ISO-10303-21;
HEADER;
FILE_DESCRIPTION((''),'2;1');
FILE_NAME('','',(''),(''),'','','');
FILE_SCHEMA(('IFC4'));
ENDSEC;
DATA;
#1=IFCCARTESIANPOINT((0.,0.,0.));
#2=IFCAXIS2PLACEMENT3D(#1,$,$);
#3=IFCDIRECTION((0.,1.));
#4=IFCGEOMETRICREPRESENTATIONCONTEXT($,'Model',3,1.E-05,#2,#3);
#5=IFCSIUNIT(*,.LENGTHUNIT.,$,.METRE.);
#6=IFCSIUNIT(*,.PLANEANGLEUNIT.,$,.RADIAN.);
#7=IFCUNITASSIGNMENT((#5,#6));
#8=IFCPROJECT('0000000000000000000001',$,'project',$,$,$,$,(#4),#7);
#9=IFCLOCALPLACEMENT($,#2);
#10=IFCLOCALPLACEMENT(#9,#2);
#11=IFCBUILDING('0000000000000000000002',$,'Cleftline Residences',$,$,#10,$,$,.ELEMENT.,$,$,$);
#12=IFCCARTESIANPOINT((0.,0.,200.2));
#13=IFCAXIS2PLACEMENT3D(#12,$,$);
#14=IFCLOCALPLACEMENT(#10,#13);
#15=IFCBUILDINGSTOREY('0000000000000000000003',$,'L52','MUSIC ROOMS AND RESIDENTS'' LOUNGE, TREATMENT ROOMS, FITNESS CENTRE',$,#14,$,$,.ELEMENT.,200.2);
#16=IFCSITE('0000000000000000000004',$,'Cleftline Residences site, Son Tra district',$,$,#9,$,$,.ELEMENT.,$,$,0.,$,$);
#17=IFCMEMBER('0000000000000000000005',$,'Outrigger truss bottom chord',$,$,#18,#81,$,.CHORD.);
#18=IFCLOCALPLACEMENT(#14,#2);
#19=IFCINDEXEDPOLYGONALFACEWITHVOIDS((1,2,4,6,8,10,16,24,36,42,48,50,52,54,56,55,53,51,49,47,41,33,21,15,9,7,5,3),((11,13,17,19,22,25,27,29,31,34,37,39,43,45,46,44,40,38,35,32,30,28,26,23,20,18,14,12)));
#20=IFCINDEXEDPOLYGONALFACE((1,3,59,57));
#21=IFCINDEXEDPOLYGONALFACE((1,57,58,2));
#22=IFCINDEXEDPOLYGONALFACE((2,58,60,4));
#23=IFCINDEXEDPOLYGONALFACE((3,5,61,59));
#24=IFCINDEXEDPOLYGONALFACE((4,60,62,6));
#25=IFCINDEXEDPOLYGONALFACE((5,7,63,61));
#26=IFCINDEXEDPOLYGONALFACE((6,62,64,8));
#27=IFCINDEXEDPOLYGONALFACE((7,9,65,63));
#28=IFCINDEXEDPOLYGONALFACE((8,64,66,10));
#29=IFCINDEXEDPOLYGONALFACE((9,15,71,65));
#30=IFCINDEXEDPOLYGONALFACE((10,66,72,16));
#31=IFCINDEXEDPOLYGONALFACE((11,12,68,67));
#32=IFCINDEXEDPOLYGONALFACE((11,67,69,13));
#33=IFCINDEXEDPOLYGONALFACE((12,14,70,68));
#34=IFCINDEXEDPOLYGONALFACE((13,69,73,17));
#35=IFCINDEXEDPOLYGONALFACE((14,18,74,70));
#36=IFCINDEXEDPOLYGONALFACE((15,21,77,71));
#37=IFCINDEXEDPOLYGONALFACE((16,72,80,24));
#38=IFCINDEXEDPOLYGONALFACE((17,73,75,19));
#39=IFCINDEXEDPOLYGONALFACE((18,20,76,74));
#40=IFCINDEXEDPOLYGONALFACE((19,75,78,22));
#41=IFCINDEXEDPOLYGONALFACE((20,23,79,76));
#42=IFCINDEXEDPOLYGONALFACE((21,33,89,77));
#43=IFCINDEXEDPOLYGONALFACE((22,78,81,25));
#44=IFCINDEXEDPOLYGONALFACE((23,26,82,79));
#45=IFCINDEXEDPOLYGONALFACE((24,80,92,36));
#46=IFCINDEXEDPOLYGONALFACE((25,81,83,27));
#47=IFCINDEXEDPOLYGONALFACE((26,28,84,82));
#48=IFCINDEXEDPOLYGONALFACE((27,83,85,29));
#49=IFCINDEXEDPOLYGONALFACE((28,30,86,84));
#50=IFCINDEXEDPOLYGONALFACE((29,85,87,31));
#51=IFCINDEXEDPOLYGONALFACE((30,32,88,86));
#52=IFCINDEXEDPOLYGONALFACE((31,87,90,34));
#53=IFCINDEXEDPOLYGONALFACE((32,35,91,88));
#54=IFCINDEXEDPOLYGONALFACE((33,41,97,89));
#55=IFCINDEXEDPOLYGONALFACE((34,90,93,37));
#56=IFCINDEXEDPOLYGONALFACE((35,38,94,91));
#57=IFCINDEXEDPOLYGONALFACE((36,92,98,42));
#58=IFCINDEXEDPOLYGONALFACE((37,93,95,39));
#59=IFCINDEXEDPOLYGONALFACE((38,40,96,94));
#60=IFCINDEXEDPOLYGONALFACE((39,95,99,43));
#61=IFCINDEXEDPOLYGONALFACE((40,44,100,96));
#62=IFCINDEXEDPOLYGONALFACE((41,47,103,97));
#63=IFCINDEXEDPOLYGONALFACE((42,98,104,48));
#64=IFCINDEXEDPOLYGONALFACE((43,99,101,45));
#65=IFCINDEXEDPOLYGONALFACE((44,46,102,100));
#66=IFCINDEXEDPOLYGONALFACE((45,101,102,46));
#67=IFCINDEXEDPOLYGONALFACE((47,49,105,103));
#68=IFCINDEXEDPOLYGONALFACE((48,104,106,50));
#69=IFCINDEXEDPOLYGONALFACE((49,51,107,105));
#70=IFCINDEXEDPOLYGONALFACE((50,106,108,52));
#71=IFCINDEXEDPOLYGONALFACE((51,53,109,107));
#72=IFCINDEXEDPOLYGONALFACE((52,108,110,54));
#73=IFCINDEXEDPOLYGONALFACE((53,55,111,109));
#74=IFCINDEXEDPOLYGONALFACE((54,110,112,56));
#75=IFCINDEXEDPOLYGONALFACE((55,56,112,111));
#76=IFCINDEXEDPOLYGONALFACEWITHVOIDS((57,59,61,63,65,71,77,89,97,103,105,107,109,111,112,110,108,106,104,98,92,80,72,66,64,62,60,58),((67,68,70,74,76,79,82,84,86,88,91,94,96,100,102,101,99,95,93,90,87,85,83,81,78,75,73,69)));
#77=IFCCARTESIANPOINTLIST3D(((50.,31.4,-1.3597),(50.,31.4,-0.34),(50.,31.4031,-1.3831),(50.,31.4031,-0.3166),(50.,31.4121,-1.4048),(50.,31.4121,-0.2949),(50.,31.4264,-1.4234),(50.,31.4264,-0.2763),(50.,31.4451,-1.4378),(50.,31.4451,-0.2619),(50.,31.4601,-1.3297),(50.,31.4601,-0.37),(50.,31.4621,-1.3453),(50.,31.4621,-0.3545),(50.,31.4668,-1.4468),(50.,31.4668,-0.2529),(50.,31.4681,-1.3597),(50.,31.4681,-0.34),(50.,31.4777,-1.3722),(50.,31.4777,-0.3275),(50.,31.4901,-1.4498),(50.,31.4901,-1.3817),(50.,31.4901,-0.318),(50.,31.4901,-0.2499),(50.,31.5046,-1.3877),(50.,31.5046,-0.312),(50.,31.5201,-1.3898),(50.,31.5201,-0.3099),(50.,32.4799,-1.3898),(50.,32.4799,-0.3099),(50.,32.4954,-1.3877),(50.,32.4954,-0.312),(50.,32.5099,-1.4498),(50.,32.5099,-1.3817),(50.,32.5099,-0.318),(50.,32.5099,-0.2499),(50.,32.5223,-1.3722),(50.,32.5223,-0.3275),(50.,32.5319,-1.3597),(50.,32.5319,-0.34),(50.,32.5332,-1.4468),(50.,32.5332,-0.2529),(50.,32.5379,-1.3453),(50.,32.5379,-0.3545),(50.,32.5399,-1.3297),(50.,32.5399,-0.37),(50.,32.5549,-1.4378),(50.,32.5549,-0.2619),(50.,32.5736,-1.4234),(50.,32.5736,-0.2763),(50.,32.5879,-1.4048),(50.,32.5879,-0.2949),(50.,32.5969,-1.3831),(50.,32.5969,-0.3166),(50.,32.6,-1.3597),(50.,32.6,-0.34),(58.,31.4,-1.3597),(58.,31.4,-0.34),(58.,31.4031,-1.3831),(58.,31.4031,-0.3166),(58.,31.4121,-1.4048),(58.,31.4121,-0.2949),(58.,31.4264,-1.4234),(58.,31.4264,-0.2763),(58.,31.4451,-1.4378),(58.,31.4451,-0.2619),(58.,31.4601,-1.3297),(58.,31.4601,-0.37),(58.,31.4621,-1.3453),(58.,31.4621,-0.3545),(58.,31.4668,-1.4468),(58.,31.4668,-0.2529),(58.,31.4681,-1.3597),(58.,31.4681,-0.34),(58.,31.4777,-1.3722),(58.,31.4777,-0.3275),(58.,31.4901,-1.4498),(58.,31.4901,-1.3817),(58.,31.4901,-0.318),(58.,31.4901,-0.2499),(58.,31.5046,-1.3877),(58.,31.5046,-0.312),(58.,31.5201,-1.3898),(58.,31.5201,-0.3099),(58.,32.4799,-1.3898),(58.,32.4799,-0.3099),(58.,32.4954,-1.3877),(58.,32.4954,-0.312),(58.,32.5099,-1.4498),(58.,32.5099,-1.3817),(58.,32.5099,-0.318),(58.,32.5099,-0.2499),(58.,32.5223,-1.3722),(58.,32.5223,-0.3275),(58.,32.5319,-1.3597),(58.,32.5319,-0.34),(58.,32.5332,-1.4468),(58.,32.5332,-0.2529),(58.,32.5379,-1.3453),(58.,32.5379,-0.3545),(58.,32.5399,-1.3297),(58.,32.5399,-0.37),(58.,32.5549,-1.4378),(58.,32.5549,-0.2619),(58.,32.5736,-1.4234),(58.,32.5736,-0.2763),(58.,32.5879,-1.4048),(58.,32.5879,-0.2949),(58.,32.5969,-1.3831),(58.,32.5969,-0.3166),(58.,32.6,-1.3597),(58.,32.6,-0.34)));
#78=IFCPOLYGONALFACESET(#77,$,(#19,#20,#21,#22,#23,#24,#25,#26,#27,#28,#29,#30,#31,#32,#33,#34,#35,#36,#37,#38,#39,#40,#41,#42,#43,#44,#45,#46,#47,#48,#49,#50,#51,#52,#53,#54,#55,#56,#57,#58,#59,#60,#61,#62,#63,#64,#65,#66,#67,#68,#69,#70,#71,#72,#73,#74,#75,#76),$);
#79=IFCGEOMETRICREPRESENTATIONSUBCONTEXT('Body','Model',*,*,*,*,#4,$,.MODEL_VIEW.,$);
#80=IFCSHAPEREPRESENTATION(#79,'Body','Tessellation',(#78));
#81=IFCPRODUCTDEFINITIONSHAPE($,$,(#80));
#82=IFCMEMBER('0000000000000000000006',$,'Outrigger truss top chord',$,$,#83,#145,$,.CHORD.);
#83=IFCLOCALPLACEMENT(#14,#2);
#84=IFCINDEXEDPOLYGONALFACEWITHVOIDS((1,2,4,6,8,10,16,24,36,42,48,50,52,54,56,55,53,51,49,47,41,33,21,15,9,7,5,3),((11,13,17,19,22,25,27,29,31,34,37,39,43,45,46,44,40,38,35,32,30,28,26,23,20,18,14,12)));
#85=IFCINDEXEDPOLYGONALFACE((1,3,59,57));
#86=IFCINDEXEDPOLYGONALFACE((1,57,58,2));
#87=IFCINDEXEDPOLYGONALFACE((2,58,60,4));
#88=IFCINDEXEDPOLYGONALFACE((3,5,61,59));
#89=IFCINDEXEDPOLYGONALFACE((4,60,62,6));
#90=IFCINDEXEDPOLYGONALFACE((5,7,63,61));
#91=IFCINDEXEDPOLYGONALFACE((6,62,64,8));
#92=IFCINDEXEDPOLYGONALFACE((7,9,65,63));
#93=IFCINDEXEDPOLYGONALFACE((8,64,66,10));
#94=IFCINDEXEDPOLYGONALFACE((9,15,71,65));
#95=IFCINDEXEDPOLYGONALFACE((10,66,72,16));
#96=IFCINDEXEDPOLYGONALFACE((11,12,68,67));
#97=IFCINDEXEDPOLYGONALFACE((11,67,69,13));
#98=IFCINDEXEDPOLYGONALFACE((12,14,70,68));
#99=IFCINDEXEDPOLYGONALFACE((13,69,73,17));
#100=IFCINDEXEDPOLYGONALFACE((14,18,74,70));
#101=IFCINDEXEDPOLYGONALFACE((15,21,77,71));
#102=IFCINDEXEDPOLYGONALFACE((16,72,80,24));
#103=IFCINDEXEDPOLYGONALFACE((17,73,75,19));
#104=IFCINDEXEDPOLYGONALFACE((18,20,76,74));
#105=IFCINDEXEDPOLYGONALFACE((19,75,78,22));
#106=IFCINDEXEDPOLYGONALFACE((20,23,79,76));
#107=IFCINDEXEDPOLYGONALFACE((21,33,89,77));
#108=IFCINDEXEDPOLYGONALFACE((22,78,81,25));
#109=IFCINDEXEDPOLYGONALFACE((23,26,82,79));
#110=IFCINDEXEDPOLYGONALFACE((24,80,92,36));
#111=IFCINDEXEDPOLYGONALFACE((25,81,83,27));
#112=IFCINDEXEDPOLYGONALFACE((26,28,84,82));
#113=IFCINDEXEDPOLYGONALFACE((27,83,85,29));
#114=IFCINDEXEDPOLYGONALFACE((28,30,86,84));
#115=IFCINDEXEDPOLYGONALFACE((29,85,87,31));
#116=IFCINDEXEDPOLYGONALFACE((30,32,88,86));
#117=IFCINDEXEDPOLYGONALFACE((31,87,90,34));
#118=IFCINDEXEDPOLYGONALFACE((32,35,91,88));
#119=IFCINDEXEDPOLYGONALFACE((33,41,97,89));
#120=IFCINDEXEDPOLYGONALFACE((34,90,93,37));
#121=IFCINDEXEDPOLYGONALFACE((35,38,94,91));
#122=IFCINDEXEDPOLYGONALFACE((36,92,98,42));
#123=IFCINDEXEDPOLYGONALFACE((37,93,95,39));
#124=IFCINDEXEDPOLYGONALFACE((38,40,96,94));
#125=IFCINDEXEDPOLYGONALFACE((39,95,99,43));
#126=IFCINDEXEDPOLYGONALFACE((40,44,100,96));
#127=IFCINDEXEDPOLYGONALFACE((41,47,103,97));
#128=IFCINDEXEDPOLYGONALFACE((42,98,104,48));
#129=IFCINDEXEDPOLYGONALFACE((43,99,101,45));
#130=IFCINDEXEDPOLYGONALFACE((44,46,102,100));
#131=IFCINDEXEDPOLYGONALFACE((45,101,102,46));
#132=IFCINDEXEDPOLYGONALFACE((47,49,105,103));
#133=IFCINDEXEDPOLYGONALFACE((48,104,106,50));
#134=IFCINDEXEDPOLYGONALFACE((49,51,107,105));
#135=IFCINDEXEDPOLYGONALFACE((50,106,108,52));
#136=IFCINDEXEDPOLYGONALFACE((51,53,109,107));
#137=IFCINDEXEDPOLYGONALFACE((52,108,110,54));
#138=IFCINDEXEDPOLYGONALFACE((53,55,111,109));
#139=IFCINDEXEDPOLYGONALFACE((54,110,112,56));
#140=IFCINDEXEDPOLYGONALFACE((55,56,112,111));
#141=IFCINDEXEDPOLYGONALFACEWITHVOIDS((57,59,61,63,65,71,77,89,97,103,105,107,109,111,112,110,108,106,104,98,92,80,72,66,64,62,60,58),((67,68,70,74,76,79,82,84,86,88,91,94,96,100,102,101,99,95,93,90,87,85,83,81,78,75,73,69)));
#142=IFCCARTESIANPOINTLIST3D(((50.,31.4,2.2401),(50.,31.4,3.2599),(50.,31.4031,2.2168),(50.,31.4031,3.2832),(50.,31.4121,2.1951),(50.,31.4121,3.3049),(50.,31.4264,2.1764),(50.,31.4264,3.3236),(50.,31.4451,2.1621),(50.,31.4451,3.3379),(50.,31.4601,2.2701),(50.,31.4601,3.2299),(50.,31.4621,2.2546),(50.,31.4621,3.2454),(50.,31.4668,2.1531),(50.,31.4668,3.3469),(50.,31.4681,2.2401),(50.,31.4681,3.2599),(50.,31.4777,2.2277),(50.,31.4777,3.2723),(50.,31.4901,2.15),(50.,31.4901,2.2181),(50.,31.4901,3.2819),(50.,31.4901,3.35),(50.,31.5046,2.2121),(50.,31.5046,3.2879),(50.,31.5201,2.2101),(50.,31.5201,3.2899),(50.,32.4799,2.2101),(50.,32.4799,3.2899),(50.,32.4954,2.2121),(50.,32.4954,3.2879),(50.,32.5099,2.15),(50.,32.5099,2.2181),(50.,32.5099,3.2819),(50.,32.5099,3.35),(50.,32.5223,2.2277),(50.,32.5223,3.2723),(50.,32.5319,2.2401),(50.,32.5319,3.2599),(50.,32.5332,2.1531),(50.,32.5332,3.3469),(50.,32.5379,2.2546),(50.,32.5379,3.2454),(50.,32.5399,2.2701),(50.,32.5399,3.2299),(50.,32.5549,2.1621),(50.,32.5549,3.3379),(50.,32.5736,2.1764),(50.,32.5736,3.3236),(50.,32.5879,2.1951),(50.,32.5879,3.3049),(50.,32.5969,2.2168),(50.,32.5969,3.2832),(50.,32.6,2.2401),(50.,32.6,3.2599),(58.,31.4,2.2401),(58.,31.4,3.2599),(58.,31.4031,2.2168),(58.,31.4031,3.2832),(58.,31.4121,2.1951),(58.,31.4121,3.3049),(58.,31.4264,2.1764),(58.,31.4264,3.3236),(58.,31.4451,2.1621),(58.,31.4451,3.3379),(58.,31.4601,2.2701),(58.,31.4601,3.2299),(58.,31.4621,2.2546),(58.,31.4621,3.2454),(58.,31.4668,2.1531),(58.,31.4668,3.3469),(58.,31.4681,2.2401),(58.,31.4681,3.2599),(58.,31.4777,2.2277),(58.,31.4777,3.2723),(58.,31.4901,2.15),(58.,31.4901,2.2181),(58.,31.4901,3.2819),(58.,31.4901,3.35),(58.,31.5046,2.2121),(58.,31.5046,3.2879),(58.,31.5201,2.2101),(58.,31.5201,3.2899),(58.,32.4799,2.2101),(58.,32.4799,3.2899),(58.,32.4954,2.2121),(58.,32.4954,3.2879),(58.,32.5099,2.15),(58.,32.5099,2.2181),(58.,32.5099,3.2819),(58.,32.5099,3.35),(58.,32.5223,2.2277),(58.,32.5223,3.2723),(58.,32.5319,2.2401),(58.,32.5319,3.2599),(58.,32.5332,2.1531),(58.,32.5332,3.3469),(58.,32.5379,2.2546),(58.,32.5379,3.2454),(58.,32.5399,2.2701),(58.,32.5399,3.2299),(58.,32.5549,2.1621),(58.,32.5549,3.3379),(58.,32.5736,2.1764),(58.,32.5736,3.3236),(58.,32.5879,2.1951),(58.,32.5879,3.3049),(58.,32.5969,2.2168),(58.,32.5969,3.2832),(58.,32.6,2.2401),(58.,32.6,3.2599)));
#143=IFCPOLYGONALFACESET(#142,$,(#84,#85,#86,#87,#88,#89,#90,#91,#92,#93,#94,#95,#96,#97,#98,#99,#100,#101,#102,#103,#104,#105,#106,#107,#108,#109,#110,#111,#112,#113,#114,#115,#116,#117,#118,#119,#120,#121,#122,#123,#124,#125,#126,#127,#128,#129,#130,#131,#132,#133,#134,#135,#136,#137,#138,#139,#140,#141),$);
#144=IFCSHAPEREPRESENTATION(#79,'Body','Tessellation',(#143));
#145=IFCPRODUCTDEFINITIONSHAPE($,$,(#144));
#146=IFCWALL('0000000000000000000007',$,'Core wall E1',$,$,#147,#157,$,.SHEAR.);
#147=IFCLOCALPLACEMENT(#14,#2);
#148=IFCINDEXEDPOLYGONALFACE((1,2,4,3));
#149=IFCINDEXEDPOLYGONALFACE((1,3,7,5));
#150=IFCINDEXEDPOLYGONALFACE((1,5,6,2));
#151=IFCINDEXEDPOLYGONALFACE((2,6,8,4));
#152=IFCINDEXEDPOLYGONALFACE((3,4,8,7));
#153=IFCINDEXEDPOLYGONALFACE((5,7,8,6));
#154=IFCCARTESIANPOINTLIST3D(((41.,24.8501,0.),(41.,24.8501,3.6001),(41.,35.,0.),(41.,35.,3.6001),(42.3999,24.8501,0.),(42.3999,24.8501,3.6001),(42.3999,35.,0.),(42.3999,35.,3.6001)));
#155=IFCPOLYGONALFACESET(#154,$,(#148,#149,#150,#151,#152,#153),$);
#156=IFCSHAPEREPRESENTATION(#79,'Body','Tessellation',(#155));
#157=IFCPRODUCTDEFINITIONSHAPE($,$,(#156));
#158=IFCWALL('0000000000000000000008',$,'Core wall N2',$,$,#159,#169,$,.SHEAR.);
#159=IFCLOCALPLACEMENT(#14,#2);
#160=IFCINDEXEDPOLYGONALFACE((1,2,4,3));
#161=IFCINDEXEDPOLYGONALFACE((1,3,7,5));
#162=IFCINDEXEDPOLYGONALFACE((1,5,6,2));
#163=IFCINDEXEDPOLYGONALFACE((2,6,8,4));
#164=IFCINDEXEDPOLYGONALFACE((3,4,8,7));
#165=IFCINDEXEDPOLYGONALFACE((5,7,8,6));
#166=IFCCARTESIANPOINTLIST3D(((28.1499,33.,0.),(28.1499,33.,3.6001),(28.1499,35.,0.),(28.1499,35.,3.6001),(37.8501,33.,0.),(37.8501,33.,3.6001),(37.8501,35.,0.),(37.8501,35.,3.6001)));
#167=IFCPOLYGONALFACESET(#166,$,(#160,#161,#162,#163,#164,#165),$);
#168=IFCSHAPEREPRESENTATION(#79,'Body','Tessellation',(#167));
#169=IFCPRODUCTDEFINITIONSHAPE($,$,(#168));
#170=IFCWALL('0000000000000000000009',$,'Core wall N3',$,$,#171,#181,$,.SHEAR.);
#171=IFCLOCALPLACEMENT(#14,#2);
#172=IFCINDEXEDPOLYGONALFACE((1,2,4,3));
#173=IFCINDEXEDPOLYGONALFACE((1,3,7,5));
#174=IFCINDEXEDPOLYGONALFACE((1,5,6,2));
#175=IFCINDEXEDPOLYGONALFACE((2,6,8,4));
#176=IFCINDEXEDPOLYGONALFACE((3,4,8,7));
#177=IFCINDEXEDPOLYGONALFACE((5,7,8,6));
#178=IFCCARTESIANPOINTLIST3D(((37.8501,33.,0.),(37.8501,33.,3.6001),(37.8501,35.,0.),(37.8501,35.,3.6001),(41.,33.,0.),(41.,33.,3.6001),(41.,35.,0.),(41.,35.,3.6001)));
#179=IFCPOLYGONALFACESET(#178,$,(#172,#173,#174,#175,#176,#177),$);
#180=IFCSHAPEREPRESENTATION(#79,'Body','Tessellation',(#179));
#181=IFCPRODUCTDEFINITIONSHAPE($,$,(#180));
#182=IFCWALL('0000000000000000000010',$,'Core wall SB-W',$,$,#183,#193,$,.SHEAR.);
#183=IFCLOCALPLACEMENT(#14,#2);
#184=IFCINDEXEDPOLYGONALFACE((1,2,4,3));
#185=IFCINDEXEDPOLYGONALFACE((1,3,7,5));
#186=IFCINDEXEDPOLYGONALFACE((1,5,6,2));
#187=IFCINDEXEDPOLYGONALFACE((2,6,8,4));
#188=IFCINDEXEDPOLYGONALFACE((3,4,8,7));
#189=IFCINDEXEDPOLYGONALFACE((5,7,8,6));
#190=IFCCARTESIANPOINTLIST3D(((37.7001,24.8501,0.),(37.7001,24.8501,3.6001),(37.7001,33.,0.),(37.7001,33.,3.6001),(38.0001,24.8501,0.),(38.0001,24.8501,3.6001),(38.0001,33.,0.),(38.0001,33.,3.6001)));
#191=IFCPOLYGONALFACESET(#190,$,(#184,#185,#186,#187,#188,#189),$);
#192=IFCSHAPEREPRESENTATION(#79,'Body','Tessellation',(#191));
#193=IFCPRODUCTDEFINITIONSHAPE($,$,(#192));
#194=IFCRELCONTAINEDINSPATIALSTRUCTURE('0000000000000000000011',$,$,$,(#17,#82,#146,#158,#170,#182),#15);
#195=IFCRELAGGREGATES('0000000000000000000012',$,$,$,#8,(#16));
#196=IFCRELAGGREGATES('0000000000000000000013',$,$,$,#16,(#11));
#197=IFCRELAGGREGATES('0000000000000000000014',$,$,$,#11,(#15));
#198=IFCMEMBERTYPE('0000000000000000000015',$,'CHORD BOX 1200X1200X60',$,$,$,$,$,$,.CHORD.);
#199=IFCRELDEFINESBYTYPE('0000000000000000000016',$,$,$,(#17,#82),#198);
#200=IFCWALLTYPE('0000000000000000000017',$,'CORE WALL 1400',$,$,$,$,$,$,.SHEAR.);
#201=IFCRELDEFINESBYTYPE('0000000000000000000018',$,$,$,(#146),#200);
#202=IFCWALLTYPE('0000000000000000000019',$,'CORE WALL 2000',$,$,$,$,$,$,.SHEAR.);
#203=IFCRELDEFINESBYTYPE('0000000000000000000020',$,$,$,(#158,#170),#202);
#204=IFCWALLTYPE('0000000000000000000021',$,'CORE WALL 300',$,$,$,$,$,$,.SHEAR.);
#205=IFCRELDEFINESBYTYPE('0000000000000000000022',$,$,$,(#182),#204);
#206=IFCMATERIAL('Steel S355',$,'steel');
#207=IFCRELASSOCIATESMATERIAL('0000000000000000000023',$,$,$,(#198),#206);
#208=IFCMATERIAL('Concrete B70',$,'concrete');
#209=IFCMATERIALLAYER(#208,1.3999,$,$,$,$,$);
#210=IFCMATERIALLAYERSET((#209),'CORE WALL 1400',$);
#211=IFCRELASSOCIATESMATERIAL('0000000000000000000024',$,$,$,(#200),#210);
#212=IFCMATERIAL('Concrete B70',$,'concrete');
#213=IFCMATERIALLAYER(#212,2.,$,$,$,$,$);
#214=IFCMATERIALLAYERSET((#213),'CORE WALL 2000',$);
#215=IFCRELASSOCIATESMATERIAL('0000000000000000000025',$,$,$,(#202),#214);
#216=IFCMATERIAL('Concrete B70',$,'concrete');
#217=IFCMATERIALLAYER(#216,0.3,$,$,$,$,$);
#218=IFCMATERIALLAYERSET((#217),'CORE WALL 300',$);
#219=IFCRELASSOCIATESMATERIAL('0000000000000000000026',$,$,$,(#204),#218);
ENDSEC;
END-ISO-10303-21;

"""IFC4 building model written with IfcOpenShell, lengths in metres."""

from ifc_helpers import new_model, si_unit, direction, frame, frame_2d, origin, origin_2d, place, context, subcontext, project, spatial, rectangle, hollow_rectangle, extrude, material, layer, layer_set, material_profile, profile_set, type_object, element, save


model = new_model("IFC4")

# Units and contexts
model_context = context("Model", 3, precision=1e-05, world=origin(), true_north=direction((0.0, 1.0)))
body_context = subcontext(model_context, "Body", "Model", "MODEL_VIEW")
ifc_project = project(units=[si_unit("LENGTHUNIT", "METRE"), si_unit("PLANEANGLEUNIT", "RADIAN")], contexts=[model_context])

# Site, building, storey
site_placement = place(None, origin())
site = spatial("IfcSite", under=ifc_project, at=site_placement, Name="Cleftline Residences site, Son Tra district", CompositionType="ELEMENT", RefElevation=0.0)
building_placement = place(site_placement, origin())
building = spatial("IfcBuilding", under=site, at=building_placement, Name="Cleftline Residences", CompositionType="ELEMENT")
storey_placement = place(building_placement, frame((0.0, 0.0, 200.2)))
storey = spatial("IfcBuildingStorey", under=building, at=storey_placement, Name="L52", Description="MUSIC ROOMS AND RESIDENTS' LOUNGE, TREATMENT ROOMS, FITNESS CENTRE", CompositionType="ELEMENT", Elevation=200.2)

# Members
ifc_material_1 = material(Name="Steel S355", Category="steel")
ifc_material_profile_1 = material_profile(ifc_material_1, hollow_rectangle(XDim=1.2, YDim=1.2, WallThickness=0.0601, InnerFilletRadius=0.0601, OuterFilletRadius=0.0901, at=origin_2d()))
ifc_profile_set_1 = profile_set([ifc_material_profile_1], Name="Steel S355")
member_type_1 = type_object("IfcMemberType", Name="CHORD BOX 1200X1200X60", PredefinedType="CHORD", material=ifc_profile_set_1)
for number, where, z_axis, x_axis, name in (
    (1, (50.0, 32.0, -0.8499), (1.0, 0.0, 0.0), (0.0, 1.0, 0.0), "Outrigger truss bottom chord"),
    (2, (50.0, 32.0, 2.75), (1.0, 0.0, 0.0), (0.0, 1.0, 0.0), "Outrigger truss top chord"),
):
    element("IfcMember", number, at=place(storey_placement, frame(where, z_axis=z_axis, x_axis=x_axis)), inside=storey, type_object=member_type_1, Name=name, PredefinedType="CHORD", context=body_context, shape_type="SweptSolid", body=[
        extrude(hollow_rectangle(XDim=1.2, YDim=1.2, WallThickness=0.0601, InnerFilletRadius=0.0601, OuterFilletRadius=0.0901, at=origin_2d()), origin(), (0.0, 0.0, 1.0), 8.0),
    ])

# Walls
ifc_material_2 = material(Name="Concrete B70", Category="concrete")
ifc_layer_1 = layer(ifc_material_2, 1.3999)
ifc_layer_set_1 = layer_set([ifc_layer_1], Name="CORE WALL 1400")
wall_type_1 = type_object("IfcWallType", Name="CORE WALL 1400", PredefinedType="SHEAR", material=ifc_layer_set_1)
wall_1_placement = place(storey_placement, frame((41.7, 24.8501, 0.0), z_axis=(0.0, 0.0, 1.0), x_axis=(0.0, 1.0, 0.0)))
element("IfcWall", 3, at=wall_1_placement, inside=storey, type_object=wall_type_1, Name="Core wall E1", PredefinedType="SHEAR", context=body_context, shape_type="SweptSolid", body=[
    extrude(rectangle(XDim=10.1499, YDim=1.3999, at=frame_2d((5.075, 0.0))), origin(), (0.0, 0.0, 1.0), 3.6001),
])
ifc_material_3 = material(Name="Concrete B70", Category="concrete")
ifc_layer_2 = layer(ifc_material_3, 2.0)
ifc_layer_set_2 = layer_set([ifc_layer_2], Name="CORE WALL 2000")
wall_type_2 = type_object("IfcWallType", Name="CORE WALL 2000", PredefinedType="SHEAR", material=ifc_layer_set_2)
wall_2_placement = place(storey_placement, frame((28.1499, 34.0, 0.0), z_axis=(0.0, 0.0, 1.0), x_axis=(1.0, 0.0, 0.0)))
element("IfcWall", 4, at=wall_2_placement, inside=storey, type_object=wall_type_2, Name="Core wall N2", PredefinedType="SHEAR", context=body_context, shape_type="SweptSolid", body=[
    extrude(rectangle(XDim=9.7002, YDim=2.0, at=frame_2d((4.8501, 0.0))), origin(), (0.0, 0.0, 1.0), 3.6001),
])
wall_3_placement = place(storey_placement, frame((37.8501, 34.0, 0.0), z_axis=(0.0, 0.0, 1.0), x_axis=(1.0, 0.0, 0.0)))
element("IfcWall", 5, at=wall_3_placement, inside=storey, type_object=wall_type_2, Name="Core wall N3", PredefinedType="SHEAR", context=body_context, shape_type="SweptSolid", body=[
    extrude(rectangle(XDim=3.1499, YDim=2.0, at=frame_2d((1.575, 0.0))), origin(), (0.0, 0.0, 1.0), 3.6001),
])
ifc_material_4 = material(Name="Concrete B70", Category="concrete")
ifc_layer_3 = layer(ifc_material_4, 0.3)
ifc_layer_set_3 = layer_set([ifc_layer_3], Name="CORE WALL 300")
wall_type_3 = type_object("IfcWallType", Name="CORE WALL 300", PredefinedType="SHEAR", material=ifc_layer_set_3)
wall_4_placement = place(storey_placement, frame((37.8501, 24.8501, 0.0), z_axis=(0.0, 0.0, 1.0), x_axis=(0.0, 1.0, 0.0)))
element("IfcWall", 6, at=wall_4_placement, inside=storey, type_object=wall_type_3, Name="Core wall SB-W", PredefinedType="SHEAR", context=body_context, shape_type="SweptSolid", body=[
    extrude(rectangle(XDim=8.1499, YDim=0.3, at=frame_2d((4.075, 0.0))), origin(), (0.0, 0.0, 1.0), 3.6001),
])

save(model, "model.ifc")
